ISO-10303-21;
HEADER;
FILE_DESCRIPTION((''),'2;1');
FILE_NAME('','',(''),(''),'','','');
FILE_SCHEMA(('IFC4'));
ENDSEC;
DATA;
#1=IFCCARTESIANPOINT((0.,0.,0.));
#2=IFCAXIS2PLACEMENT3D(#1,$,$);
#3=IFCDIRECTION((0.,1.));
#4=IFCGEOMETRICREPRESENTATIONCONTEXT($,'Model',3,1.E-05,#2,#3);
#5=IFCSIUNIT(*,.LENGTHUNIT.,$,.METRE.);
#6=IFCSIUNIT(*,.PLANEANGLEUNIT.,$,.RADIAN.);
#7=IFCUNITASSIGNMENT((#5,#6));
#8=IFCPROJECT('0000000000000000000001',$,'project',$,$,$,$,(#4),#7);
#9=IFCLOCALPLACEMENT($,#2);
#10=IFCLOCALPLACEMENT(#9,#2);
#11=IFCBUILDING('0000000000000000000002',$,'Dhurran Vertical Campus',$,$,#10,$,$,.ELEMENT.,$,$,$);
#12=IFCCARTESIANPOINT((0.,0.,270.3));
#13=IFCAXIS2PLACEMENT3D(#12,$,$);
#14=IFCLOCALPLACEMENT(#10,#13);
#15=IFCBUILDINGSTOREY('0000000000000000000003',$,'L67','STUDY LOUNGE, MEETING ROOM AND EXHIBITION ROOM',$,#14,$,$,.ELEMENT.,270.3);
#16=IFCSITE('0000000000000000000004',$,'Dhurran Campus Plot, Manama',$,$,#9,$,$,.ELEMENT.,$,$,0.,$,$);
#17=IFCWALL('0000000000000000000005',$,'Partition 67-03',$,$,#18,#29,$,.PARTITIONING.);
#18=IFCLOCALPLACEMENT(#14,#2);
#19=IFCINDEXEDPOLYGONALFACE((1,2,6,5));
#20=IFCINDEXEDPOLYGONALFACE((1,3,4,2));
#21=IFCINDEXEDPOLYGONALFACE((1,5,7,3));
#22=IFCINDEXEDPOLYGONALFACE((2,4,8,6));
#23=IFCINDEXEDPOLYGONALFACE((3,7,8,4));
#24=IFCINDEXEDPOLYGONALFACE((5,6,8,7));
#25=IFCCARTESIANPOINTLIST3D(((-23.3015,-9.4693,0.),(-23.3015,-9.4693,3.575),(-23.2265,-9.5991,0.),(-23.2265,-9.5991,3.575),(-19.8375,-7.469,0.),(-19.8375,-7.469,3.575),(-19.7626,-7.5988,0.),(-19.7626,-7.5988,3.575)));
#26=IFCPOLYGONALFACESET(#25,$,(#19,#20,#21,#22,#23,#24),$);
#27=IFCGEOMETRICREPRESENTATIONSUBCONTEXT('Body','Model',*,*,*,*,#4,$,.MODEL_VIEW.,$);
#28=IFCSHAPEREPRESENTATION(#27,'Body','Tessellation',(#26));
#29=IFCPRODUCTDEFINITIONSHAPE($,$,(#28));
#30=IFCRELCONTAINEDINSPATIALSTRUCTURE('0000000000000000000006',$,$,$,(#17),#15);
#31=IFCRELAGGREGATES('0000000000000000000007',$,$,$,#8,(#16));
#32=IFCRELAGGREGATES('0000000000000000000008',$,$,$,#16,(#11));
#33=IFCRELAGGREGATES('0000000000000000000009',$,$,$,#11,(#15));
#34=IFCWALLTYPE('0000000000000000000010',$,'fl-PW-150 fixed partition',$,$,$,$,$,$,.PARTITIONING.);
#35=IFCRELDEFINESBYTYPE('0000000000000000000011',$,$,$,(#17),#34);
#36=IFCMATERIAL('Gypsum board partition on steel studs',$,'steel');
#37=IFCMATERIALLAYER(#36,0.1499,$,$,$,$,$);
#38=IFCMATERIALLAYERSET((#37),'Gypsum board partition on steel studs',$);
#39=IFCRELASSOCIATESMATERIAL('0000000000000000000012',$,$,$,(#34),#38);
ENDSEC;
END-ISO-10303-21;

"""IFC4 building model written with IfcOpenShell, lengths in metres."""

from ifc_helpers import new_model, si_unit, direction, frame, frame_2d, origin, place, context, subcontext, project, spatial, rectangle, extrude, material, layer, layer_set, type_object, element, save


model = new_model("IFC4")

# Units and contexts
model_context = context("Model", 3, precision=1e-05, world=origin(), true_north=direction((0.0, 1.0)))
body_context = subcontext(model_context, "Body", "Model", "MODEL_VIEW")
ifc_project = project(units=[si_unit("LENGTHUNIT", "METRE"), si_unit("PLANEANGLEUNIT", "RADIAN")], contexts=[model_context])

# Site, building, storey
site_placement = place(None, origin())
site = spatial("IfcSite", under=ifc_project, at=site_placement, Name="Dhurran Campus Plot, Manama", CompositionType="ELEMENT", RefElevation=0.0)
building_placement = place(site_placement, origin())
building = spatial("IfcBuilding", under=site, at=building_placement, Name="Dhurran Vertical Campus", CompositionType="ELEMENT")
storey_placement = place(building_placement, frame((0.0, 0.0, 270.3)))
storey = spatial("IfcBuildingStorey", under=building, at=storey_placement, Name="L67", Description="STUDY LOUNGE, MEETING ROOM AND EXHIBITION ROOM", CompositionType="ELEMENT", Elevation=270.3)

# Wall
ifc_material_1 = material(Name="Gypsum board partition on steel studs", Category="steel")
ifc_layer_1 = layer(ifc_material_1, 0.1499)
ifc_layer_set_1 = layer_set([ifc_layer_1], Name="Gypsum board partition on steel studs")
wall_type_1 = type_object("IfcWallType", Name="fl-PW-150 fixed partition", PredefinedType="PARTITIONING", material=ifc_layer_set_1)
wall_1_placement = place(storey_placement, frame((-19.8, -7.5339, 0.0), z_axis=(0.0, 0.0, 1.0), x_axis=(-0.865984, -0.500071, 0.0)))
element("IfcWall", 1, at=wall_1_placement, inside=storey, type_object=wall_type_1, Name="Partition 67-03", PredefinedType="PARTITIONING", context=body_context, shape_type="SweptSolid", body=[
    extrude(rectangle(XDim=4.0, YDim=0.1499, at=frame_2d((2.0, 0.0))), origin(), (0.0, 0.0, 1.0), 3.575),
])

save(model, "model.ifc")
